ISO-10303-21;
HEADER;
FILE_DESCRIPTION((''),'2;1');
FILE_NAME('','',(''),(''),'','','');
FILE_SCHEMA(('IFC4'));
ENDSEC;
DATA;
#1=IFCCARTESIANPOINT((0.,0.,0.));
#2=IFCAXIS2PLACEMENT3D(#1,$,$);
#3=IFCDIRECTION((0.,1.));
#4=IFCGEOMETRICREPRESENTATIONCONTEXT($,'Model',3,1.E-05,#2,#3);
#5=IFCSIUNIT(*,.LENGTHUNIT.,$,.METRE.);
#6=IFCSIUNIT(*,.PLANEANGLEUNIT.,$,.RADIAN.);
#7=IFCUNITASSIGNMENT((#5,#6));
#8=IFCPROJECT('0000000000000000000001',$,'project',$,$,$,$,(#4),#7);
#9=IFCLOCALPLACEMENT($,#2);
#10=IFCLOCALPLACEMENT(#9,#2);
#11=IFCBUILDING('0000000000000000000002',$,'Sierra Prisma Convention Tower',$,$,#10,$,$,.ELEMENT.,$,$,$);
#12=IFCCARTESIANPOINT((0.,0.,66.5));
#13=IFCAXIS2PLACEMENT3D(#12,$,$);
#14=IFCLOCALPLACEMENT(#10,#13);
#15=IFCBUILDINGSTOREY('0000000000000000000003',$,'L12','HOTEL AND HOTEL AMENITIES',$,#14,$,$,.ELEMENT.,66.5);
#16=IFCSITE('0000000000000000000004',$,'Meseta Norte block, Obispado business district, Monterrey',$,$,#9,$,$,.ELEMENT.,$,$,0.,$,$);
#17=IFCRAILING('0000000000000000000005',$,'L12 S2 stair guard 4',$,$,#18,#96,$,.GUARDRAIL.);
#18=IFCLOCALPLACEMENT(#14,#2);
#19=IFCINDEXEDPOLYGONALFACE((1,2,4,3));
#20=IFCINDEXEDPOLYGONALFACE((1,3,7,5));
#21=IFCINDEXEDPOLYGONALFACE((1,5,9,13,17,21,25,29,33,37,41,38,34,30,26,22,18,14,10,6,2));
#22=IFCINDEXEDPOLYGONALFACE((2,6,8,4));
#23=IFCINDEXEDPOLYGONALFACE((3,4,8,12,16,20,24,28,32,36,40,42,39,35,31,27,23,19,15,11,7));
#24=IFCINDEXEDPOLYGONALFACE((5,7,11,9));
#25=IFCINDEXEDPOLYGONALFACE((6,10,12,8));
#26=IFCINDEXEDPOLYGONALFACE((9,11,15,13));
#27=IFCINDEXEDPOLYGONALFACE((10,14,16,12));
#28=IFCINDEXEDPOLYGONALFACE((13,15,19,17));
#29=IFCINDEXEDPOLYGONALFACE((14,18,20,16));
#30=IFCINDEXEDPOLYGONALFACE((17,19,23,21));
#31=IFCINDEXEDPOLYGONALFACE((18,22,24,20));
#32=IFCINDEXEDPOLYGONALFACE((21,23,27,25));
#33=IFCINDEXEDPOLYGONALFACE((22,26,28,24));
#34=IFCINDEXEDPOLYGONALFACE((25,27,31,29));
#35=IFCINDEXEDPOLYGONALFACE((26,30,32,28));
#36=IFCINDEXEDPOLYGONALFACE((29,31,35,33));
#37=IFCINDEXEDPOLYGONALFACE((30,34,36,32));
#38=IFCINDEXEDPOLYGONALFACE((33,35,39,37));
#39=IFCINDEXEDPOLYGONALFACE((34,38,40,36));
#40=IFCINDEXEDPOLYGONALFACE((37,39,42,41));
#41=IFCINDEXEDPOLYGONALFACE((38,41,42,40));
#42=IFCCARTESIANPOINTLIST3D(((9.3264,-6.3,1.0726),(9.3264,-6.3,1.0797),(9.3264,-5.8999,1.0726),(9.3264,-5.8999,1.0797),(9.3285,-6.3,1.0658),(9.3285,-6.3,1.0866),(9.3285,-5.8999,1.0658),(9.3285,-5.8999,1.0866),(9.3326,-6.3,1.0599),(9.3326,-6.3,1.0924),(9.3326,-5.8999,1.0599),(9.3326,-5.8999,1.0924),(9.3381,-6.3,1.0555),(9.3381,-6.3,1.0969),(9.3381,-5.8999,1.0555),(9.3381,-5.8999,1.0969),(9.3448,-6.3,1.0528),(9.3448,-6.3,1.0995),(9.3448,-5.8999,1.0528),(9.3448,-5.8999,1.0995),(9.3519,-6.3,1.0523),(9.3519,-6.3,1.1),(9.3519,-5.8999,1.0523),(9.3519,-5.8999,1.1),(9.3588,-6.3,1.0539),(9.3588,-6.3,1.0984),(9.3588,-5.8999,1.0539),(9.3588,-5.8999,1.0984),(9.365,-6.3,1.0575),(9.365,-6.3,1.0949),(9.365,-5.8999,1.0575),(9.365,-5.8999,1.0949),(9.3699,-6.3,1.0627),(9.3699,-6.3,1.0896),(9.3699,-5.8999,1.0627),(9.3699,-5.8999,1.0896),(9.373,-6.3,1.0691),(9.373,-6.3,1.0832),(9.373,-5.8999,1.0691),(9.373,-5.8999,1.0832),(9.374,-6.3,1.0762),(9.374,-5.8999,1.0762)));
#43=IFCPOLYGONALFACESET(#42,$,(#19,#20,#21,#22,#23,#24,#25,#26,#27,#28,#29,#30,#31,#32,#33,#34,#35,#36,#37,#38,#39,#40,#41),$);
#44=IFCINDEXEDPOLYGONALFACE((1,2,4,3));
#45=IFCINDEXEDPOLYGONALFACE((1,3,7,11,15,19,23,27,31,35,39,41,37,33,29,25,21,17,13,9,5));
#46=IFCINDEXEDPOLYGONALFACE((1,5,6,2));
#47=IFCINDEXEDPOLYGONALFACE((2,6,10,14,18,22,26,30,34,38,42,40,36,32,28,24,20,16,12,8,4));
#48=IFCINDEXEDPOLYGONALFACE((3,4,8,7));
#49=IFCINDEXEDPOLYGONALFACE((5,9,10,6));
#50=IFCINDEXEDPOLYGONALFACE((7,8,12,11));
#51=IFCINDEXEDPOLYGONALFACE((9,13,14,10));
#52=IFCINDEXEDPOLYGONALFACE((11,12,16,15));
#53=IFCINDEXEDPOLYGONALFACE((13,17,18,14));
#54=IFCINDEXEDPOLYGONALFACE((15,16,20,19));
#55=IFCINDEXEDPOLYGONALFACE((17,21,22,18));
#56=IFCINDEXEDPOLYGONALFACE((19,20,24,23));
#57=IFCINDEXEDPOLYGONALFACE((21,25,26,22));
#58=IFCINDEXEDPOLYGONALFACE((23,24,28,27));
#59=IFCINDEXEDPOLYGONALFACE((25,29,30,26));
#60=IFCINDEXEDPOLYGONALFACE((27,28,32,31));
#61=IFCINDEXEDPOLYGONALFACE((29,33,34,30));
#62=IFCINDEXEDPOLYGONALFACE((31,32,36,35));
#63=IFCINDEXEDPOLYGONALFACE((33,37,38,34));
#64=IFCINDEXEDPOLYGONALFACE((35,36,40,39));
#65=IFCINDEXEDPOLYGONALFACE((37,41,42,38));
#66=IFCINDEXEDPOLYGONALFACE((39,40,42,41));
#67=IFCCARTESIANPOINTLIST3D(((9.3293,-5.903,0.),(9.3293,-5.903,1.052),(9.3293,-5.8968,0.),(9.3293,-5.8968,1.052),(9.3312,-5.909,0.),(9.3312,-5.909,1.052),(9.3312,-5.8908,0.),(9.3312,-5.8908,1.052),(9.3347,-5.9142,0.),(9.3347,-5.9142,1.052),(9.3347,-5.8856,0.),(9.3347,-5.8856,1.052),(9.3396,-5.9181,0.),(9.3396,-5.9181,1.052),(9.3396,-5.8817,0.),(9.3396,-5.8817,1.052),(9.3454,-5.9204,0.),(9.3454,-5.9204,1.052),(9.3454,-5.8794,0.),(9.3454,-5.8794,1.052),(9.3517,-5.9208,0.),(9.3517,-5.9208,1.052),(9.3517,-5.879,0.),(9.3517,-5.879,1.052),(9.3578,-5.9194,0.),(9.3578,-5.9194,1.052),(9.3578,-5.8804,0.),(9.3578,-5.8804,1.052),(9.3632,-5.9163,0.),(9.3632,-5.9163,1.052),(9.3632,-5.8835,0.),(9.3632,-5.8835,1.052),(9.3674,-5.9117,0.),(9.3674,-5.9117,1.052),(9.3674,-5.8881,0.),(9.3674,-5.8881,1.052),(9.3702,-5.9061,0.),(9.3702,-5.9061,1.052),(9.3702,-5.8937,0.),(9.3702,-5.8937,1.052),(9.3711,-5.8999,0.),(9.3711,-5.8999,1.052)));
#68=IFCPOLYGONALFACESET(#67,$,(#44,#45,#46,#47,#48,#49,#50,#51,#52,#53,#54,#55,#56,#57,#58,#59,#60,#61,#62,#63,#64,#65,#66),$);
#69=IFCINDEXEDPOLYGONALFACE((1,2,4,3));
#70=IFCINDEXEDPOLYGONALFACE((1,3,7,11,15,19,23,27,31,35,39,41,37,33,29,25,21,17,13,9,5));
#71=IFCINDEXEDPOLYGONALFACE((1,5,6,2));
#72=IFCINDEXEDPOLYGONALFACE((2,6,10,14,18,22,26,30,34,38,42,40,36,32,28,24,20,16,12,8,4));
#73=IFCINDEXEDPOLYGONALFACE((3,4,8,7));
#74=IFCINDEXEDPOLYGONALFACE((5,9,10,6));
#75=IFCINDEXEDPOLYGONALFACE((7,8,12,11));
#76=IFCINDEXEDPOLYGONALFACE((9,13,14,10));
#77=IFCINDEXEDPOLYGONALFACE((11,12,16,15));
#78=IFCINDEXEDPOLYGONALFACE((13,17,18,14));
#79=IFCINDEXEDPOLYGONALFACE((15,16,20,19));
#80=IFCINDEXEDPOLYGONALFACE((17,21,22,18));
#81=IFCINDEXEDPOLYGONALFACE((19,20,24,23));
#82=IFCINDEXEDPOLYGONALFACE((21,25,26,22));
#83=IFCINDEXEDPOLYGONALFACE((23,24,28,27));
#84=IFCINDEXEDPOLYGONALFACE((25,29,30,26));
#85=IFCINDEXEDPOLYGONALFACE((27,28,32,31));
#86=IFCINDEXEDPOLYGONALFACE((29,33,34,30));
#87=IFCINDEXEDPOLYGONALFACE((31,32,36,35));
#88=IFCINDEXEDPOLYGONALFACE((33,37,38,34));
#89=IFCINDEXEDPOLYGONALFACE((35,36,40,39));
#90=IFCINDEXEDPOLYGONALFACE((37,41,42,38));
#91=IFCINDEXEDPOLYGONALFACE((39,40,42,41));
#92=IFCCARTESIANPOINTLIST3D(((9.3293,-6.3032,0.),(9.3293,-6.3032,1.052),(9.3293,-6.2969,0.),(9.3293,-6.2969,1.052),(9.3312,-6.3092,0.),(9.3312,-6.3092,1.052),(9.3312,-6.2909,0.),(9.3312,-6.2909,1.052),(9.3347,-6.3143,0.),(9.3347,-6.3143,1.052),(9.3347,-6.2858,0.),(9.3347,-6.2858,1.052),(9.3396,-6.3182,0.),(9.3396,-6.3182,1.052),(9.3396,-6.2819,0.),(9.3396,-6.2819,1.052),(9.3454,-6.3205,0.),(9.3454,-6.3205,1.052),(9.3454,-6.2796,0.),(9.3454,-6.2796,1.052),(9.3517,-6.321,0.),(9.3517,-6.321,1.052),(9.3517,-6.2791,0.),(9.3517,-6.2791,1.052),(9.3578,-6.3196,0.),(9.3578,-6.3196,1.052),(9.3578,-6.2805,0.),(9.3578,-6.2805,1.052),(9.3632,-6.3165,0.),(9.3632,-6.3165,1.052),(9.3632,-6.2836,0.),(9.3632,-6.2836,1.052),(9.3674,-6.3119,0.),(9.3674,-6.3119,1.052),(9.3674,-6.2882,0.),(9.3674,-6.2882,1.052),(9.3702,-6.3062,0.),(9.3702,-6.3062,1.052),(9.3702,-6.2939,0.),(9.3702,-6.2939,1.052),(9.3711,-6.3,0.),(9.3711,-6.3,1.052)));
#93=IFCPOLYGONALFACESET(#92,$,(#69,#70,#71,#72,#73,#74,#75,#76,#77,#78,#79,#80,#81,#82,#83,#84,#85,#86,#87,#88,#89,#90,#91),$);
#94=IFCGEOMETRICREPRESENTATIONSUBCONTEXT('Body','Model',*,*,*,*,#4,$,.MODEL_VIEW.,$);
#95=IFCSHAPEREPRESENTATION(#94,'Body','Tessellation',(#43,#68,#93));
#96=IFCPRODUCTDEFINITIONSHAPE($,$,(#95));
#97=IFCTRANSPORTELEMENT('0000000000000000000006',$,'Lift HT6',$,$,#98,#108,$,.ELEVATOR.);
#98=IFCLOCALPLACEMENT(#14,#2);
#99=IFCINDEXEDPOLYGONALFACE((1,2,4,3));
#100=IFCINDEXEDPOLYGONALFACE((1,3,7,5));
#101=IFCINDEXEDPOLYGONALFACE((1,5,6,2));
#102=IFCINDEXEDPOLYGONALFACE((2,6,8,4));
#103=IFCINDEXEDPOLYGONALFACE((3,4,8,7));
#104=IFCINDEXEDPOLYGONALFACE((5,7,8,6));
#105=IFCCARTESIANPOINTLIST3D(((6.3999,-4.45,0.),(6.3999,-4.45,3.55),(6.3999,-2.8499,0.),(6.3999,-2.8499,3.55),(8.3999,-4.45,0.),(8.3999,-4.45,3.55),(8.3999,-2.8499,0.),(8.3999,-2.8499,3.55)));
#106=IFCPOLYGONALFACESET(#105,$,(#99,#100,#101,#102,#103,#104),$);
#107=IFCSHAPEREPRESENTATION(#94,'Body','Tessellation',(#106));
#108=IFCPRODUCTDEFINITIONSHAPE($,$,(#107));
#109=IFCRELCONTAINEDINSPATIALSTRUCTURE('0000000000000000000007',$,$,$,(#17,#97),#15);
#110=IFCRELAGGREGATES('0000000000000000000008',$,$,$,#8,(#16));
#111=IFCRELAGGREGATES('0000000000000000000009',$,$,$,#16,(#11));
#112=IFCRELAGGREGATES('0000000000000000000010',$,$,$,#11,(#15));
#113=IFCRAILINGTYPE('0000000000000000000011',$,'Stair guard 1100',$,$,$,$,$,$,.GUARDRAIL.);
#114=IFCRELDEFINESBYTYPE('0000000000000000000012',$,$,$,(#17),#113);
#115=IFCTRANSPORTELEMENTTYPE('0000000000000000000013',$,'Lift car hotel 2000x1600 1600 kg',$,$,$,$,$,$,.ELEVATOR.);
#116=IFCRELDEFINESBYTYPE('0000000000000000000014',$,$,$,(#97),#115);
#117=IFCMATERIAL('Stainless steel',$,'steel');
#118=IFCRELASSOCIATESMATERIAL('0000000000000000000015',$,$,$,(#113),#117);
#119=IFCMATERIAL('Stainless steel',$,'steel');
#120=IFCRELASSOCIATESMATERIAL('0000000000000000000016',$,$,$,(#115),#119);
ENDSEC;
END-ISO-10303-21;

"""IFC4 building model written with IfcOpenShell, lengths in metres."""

from ifc_helpers import new_model, si_unit, direction, frame, origin, origin_2d, place, context, subcontext, project, spatial, rectangle, circle, extrude, material, type_object, element, save


model = new_model("IFC4")

# Units and contexts
model_context = context("Model", 3, precision=1e-05, world=origin(), true_north=direction((0.0, 1.0)))
body_context = subcontext(model_context, "Body", "Model", "MODEL_VIEW")
ifc_project = project(units=[si_unit("LENGTHUNIT", "METRE"), si_unit("PLANEANGLEUNIT", "RADIAN")], contexts=[model_context])

# Site, building, storey
site_placement = place(None, origin())
site = spatial("IfcSite", under=ifc_project, at=site_placement, Name="Meseta Norte block, Obispado business district, Monterrey", CompositionType="ELEMENT", RefElevation=0.0)
building_placement = place(site_placement, origin())
building = spatial("IfcBuilding", under=site, at=building_placement, Name="Sierra Prisma Convention Tower", CompositionType="ELEMENT")
storey_placement = place(building_placement, frame((0.0, 0.0, 66.5)))
storey = spatial("IfcBuildingStorey", under=building, at=storey_placement, Name="L12", Description="HOTEL AND HOTEL AMENITIES", CompositionType="ELEMENT", Elevation=66.5)

# Railing
ifc_material_1 = material(Name="Stainless steel", Category="steel")
railing_type_1 = type_object("IfcRailingType", Name="Stair guard 1100", PredefinedType="GUARDRAIL", material=ifc_material_1)
railing_1_placement = place(storey_placement, frame((9.3501, -5.8999, 0.0)))
element("IfcRailing", 1, at=railing_1_placement, inside=storey, type_object=railing_type_1, Name="L12 S2 stair guard 4", PredefinedType="GUARDRAIL", context=body_context, shape_type="SweptSolid", body=[
    extrude(circle(Radius=0.0239, at=origin_2d()), frame((0.0, 0.0, 1.0762), z_axis=(0.0, -1.0, 0.0), x_axis=(1.0, 0.0, 0.0)), (0.0, 0.0, 1.0), 0.4001),
    extrude(circle(Radius=0.021, at=origin_2d()), origin(), (0.0, 0.0, 1.0), 1.052),
    extrude(circle(Radius=0.021, at=origin_2d()), frame((0.0, -0.4001, 0.0)), (0.0, 0.0, 1.0), 1.052),
])

# Transport element
ifc_material_2 = material(Name="Stainless steel", Category="steel")
transport_element_type = type_object("IfcTransportElementType", Name="Lift car hotel 2000x1600 1600 kg", PredefinedType="ELEVATOR", material=ifc_material_2)
transport_element_placement = place(storey_placement, frame((7.3999, -3.6499, 0.0), z_axis=(0.0, 0.0, 1.0), x_axis=(1.0, 0.0, 0.0)))
element("IfcTransportElement", 2, at=transport_element_placement, inside=storey, type_object=transport_element_type, Name="Lift HT6", PredefinedType="ELEVATOR", context=body_context, shape_type="SweptSolid", body=[
    extrude(rectangle(XDim=2.0, YDim=1.6001, at=origin_2d()), origin(), (0.0, 0.0, 1.0), 3.55),
])

save(model, "model.ifc")
